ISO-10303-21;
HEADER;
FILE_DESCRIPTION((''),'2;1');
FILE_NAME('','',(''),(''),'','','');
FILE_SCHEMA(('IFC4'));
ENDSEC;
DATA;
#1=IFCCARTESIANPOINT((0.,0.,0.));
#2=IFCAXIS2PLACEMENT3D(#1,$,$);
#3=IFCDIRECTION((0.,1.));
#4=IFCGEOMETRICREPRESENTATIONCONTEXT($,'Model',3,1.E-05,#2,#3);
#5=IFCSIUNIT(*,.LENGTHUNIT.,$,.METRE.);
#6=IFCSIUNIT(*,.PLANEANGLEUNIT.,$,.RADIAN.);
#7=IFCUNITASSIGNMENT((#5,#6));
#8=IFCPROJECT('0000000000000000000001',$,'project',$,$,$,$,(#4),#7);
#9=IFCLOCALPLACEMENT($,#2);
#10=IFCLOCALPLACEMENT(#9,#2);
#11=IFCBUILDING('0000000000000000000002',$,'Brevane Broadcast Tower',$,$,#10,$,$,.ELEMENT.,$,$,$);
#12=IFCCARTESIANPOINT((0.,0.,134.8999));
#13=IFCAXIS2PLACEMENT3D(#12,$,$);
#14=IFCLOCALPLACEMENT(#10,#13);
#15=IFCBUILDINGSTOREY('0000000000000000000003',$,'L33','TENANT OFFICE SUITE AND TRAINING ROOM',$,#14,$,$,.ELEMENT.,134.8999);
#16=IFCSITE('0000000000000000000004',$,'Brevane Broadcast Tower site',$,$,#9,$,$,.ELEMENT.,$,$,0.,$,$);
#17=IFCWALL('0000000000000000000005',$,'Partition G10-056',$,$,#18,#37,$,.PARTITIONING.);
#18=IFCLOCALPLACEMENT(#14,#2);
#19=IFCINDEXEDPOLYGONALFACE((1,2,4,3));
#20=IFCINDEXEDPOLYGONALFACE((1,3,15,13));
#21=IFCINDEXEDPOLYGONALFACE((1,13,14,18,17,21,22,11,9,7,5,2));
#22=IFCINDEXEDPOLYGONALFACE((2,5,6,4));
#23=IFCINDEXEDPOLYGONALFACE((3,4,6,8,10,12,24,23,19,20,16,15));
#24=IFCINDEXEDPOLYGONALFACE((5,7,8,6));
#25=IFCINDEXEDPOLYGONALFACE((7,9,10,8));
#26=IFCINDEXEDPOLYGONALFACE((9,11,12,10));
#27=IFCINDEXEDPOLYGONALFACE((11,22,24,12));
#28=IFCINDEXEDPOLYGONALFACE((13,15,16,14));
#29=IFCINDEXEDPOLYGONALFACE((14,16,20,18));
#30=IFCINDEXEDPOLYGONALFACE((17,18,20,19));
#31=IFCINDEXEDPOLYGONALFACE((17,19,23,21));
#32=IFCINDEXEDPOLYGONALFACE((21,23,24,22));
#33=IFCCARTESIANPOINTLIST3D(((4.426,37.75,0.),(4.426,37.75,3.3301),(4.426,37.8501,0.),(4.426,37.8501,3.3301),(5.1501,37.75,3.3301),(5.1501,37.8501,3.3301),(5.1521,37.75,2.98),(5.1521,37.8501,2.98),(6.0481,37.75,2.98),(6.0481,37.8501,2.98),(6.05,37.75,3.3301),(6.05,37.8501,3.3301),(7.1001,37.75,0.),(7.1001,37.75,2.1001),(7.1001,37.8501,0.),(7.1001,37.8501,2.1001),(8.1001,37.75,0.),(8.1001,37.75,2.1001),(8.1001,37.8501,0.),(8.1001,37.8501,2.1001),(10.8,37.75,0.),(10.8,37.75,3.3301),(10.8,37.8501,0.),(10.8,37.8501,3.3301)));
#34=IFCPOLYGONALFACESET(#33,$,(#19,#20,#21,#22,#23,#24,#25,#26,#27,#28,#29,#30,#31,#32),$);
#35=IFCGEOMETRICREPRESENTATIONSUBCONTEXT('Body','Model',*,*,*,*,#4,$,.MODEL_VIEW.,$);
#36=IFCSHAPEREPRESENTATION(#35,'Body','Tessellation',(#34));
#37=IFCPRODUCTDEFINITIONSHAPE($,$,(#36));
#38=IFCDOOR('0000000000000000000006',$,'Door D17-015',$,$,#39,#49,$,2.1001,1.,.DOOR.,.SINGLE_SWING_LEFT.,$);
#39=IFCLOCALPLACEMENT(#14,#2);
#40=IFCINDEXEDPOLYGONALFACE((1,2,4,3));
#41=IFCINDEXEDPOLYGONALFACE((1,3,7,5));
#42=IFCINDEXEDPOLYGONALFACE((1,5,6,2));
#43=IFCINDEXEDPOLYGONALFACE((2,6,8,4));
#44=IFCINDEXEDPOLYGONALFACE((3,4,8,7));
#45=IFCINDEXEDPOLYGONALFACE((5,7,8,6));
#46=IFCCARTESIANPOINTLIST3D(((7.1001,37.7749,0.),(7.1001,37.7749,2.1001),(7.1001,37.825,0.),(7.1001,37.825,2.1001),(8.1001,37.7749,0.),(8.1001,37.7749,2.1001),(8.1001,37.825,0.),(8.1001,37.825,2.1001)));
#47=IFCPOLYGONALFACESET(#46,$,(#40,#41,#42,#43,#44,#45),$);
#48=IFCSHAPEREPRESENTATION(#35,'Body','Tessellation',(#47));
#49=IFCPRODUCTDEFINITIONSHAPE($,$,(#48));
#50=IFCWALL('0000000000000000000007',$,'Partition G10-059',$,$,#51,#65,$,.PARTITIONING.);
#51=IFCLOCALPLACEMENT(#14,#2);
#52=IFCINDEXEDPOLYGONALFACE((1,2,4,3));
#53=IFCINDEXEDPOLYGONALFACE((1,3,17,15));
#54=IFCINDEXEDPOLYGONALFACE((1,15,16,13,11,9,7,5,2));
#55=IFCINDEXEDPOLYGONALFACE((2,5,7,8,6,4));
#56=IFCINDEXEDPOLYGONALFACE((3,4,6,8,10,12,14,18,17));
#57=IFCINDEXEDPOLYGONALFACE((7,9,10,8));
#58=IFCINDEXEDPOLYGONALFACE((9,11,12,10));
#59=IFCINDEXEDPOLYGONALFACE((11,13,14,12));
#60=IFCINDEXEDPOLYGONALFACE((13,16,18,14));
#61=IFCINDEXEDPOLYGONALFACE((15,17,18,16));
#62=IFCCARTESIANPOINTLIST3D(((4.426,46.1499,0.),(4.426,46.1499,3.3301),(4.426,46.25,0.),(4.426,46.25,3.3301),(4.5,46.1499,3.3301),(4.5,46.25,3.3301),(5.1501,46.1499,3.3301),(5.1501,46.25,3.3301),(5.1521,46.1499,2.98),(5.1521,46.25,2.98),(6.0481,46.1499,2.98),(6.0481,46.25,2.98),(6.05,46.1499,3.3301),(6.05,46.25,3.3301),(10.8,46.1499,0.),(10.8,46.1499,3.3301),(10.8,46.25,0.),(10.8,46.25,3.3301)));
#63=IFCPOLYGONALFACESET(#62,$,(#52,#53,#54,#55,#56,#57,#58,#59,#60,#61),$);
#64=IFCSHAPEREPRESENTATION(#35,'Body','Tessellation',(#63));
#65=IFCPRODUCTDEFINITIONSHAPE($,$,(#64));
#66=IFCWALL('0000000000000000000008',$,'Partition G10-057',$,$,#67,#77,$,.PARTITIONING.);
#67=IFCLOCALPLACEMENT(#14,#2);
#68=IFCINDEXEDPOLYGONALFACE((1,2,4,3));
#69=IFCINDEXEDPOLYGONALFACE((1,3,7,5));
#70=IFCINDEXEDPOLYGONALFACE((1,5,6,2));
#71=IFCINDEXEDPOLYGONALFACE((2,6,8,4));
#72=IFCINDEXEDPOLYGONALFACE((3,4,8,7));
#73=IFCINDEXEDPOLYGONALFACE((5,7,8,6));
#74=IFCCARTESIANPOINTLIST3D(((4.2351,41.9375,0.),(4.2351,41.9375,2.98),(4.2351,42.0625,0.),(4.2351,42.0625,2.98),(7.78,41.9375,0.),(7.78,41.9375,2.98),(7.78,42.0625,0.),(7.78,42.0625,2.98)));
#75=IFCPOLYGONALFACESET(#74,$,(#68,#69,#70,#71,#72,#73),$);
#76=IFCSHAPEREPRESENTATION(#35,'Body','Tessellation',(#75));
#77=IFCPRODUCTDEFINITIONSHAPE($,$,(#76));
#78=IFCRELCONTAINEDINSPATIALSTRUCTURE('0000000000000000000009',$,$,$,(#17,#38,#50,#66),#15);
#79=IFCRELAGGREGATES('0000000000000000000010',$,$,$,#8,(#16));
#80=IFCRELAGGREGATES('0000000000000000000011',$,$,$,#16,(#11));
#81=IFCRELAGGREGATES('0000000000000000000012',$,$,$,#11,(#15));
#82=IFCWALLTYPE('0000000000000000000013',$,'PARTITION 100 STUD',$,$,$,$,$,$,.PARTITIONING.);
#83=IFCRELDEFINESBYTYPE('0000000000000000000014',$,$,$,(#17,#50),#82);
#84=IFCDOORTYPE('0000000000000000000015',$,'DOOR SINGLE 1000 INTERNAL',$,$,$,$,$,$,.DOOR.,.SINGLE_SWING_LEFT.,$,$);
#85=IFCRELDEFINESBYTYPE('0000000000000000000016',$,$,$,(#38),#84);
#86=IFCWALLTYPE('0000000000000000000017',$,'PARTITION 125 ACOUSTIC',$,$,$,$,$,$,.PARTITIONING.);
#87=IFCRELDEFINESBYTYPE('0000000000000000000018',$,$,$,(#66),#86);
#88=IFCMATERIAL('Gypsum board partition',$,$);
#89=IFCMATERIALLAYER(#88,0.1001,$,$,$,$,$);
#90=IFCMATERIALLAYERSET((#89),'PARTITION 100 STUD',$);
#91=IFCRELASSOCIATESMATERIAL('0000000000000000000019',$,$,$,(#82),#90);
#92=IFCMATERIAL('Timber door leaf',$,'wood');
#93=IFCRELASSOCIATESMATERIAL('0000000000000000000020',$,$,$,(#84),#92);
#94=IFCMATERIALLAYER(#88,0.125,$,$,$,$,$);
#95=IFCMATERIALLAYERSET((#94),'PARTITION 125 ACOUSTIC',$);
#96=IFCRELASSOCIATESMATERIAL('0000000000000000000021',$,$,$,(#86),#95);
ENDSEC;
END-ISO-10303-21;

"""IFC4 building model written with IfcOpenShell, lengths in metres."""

from ifc_helpers import new_model, si_unit, direction, frame, frame_2d, origin, place, context, subcontext, project, spatial, polyline, rectangle, outline, extrude, material, layer, layer_set, type_object, element, fill, save


model = new_model("IFC4")

# Units and contexts
model_context = context("Model", 3, precision=1e-05, world=origin(), true_north=direction((0.0, 1.0)))
body_context = subcontext(model_context, "Body", "Model", "MODEL_VIEW")
ifc_project = project(units=[si_unit("LENGTHUNIT", "METRE"), si_unit("PLANEANGLEUNIT", "RADIAN")], contexts=[model_context])

# Site, building, storey
site_placement = place(None, origin())
site = spatial("IfcSite", under=ifc_project, at=site_placement, Name="Brevane Broadcast Tower site", CompositionType="ELEMENT", RefElevation=0.0)
building_placement = place(site_placement, origin())
building = spatial("IfcBuilding", under=site, at=building_placement, Name="Brevane Broadcast Tower", CompositionType="ELEMENT")
storey_placement = place(building_placement, frame((0.0, 0.0, 134.8999)))
storey = spatial("IfcBuildingStorey", under=building, at=storey_placement, Name="L33", Description="TENANT OFFICE SUITE AND TRAINING ROOM", CompositionType="ELEMENT", Elevation=134.8999)

# Wall, opening, door
ifc_material_1 = material(Name="Gypsum board partition")
ifc_layer_1 = layer(ifc_material_1, 0.1001)
ifc_layer_set_1 = layer_set([ifc_layer_1], Name="PARTITION 100 STUD")
wall_type_1 = type_object("IfcWallType", Name="PARTITION 100 STUD", PredefinedType="PARTITIONING", material=ifc_layer_set_1)
wall_1_placement = place(storey_placement, frame((4.426, 37.8, 0.0), z_axis=(0.0, 0.0, 1.0), x_axis=(1.0, 0.0, 0.0)))
wall_1 = element("IfcWall", 1, at=wall_1_placement, inside=storey, type_object=wall_type_1, Name="Partition G10-056", PredefinedType="PARTITIONING", context=body_context, shape_type="SweptSolid", body=[
    extrude(outline(polyline([(0.0, 0.0), (6.374, 0.0), (6.374, 3.3301), (1.624, 3.3301), (1.6221, 2.98), (0.7261, 2.98), (0.7241, 3.3301), (0.074, 3.3301), (0.0, 3.3301), (0.0, 0.0)])), frame((0.0, 0.05, 0.0), z_axis=(0.0, -1.0, 0.0), x_axis=(1.0, 0.0, 0.0)), (0.0, 0.0, 1.0), 0.1001),
])
opening_placement = place(wall_1_placement, frame((2.6741, 0.0, 0.0)))
opening = element("IfcOpeningElement", 2, at=opening_placement, cuts=wall_1, PredefinedType="OPENING", context=body_context, shape_type="SweptSolid", body=[
    extrude(rectangle(XDim=1.0, YDim=2.1001, at=frame_2d((0.5, 1.05))), frame((0.0, 0.0601, 0.0), z_axis=(0.0, -1.0, 0.0), x_axis=(1.0, 0.0, 0.0)), (0.0, 0.0, 1.0), 0.1201),
])
ifc_material_2 = material(Name="Timber door leaf", Category="wood")
door_type = type_object("IfcDoorType", Name="DOOR SINGLE 1000 INTERNAL", OperationType="SINGLE_SWING_LEFT", PredefinedType="DOOR", material=ifc_material_2)
door_placement = place(opening_placement, origin())
door = element("IfcDoor", 3, at=door_placement, inside=storey, type_object=door_type, Name="Door D17-015", OperationType="SINGLE_SWING_LEFT", OverallHeight=2.1001, OverallWidth=1.0, PredefinedType="DOOR", context=body_context, shape_type="SweptSolid", body=[
    extrude(rectangle(XDim=1.0, YDim=2.1001, at=frame_2d((0.5, 1.05))), frame((0.0, 0.0249, 0.0), z_axis=(0.0, -1.0, 0.0), x_axis=(1.0, 0.0, 0.0)), (0.0, 0.0, 1.0), 0.05),
])
fill(opening, door)

# Walls
wall_2_placement = place(storey_placement, frame((4.426, 46.2, 0.0), z_axis=(0.0, 0.0, 1.0), x_axis=(1.0, 0.0, 0.0)))
element("IfcWall", 4, at=wall_2_placement, inside=storey, type_object=wall_type_1, Name="Partition G10-059", PredefinedType="PARTITIONING", context=body_context, shape_type="SweptSolid", body=[
    extrude(outline(polyline([(0.0, 0.0), (6.374, 0.0), (6.374, 3.3301), (1.624, 3.3301), (1.6221, 2.98), (0.7261, 2.98), (0.7241, 3.3301), (0.074, 3.3301), (0.0, 3.3301), (0.0, 0.0)])), frame((0.0, 0.05, 0.0), z_axis=(0.0, -1.0, 0.0), x_axis=(1.0, 0.0, 0.0)), (0.0, 0.0, 1.0), 0.1001),
])
ifc_layer_2 = layer(ifc_material_1, 0.125)
ifc_layer_set_2 = layer_set([ifc_layer_2], Name="PARTITION 125 ACOUSTIC")
wall_type_2 = type_object("IfcWallType", Name="PARTITION 125 ACOUSTIC", PredefinedType="PARTITIONING", material=ifc_layer_set_2)
wall_3_placement = place(storey_placement, frame((4.2351, 42.0, 0.0), z_axis=(0.0, 0.0, 1.0), x_axis=(1.0, 0.0, 0.0)))
element("IfcWall", 5, at=wall_3_placement, inside=storey, type_object=wall_type_2, Name="Partition G10-057", PredefinedType="PARTITIONING", context=body_context, shape_type="SweptSolid", body=[
    extrude(rectangle(XDim=3.5449, YDim=0.125, at=frame_2d((1.7725, 0.0))), origin(), (0.0, 0.0, 1.0), 2.98),
])

save(model, "model.ifc")
